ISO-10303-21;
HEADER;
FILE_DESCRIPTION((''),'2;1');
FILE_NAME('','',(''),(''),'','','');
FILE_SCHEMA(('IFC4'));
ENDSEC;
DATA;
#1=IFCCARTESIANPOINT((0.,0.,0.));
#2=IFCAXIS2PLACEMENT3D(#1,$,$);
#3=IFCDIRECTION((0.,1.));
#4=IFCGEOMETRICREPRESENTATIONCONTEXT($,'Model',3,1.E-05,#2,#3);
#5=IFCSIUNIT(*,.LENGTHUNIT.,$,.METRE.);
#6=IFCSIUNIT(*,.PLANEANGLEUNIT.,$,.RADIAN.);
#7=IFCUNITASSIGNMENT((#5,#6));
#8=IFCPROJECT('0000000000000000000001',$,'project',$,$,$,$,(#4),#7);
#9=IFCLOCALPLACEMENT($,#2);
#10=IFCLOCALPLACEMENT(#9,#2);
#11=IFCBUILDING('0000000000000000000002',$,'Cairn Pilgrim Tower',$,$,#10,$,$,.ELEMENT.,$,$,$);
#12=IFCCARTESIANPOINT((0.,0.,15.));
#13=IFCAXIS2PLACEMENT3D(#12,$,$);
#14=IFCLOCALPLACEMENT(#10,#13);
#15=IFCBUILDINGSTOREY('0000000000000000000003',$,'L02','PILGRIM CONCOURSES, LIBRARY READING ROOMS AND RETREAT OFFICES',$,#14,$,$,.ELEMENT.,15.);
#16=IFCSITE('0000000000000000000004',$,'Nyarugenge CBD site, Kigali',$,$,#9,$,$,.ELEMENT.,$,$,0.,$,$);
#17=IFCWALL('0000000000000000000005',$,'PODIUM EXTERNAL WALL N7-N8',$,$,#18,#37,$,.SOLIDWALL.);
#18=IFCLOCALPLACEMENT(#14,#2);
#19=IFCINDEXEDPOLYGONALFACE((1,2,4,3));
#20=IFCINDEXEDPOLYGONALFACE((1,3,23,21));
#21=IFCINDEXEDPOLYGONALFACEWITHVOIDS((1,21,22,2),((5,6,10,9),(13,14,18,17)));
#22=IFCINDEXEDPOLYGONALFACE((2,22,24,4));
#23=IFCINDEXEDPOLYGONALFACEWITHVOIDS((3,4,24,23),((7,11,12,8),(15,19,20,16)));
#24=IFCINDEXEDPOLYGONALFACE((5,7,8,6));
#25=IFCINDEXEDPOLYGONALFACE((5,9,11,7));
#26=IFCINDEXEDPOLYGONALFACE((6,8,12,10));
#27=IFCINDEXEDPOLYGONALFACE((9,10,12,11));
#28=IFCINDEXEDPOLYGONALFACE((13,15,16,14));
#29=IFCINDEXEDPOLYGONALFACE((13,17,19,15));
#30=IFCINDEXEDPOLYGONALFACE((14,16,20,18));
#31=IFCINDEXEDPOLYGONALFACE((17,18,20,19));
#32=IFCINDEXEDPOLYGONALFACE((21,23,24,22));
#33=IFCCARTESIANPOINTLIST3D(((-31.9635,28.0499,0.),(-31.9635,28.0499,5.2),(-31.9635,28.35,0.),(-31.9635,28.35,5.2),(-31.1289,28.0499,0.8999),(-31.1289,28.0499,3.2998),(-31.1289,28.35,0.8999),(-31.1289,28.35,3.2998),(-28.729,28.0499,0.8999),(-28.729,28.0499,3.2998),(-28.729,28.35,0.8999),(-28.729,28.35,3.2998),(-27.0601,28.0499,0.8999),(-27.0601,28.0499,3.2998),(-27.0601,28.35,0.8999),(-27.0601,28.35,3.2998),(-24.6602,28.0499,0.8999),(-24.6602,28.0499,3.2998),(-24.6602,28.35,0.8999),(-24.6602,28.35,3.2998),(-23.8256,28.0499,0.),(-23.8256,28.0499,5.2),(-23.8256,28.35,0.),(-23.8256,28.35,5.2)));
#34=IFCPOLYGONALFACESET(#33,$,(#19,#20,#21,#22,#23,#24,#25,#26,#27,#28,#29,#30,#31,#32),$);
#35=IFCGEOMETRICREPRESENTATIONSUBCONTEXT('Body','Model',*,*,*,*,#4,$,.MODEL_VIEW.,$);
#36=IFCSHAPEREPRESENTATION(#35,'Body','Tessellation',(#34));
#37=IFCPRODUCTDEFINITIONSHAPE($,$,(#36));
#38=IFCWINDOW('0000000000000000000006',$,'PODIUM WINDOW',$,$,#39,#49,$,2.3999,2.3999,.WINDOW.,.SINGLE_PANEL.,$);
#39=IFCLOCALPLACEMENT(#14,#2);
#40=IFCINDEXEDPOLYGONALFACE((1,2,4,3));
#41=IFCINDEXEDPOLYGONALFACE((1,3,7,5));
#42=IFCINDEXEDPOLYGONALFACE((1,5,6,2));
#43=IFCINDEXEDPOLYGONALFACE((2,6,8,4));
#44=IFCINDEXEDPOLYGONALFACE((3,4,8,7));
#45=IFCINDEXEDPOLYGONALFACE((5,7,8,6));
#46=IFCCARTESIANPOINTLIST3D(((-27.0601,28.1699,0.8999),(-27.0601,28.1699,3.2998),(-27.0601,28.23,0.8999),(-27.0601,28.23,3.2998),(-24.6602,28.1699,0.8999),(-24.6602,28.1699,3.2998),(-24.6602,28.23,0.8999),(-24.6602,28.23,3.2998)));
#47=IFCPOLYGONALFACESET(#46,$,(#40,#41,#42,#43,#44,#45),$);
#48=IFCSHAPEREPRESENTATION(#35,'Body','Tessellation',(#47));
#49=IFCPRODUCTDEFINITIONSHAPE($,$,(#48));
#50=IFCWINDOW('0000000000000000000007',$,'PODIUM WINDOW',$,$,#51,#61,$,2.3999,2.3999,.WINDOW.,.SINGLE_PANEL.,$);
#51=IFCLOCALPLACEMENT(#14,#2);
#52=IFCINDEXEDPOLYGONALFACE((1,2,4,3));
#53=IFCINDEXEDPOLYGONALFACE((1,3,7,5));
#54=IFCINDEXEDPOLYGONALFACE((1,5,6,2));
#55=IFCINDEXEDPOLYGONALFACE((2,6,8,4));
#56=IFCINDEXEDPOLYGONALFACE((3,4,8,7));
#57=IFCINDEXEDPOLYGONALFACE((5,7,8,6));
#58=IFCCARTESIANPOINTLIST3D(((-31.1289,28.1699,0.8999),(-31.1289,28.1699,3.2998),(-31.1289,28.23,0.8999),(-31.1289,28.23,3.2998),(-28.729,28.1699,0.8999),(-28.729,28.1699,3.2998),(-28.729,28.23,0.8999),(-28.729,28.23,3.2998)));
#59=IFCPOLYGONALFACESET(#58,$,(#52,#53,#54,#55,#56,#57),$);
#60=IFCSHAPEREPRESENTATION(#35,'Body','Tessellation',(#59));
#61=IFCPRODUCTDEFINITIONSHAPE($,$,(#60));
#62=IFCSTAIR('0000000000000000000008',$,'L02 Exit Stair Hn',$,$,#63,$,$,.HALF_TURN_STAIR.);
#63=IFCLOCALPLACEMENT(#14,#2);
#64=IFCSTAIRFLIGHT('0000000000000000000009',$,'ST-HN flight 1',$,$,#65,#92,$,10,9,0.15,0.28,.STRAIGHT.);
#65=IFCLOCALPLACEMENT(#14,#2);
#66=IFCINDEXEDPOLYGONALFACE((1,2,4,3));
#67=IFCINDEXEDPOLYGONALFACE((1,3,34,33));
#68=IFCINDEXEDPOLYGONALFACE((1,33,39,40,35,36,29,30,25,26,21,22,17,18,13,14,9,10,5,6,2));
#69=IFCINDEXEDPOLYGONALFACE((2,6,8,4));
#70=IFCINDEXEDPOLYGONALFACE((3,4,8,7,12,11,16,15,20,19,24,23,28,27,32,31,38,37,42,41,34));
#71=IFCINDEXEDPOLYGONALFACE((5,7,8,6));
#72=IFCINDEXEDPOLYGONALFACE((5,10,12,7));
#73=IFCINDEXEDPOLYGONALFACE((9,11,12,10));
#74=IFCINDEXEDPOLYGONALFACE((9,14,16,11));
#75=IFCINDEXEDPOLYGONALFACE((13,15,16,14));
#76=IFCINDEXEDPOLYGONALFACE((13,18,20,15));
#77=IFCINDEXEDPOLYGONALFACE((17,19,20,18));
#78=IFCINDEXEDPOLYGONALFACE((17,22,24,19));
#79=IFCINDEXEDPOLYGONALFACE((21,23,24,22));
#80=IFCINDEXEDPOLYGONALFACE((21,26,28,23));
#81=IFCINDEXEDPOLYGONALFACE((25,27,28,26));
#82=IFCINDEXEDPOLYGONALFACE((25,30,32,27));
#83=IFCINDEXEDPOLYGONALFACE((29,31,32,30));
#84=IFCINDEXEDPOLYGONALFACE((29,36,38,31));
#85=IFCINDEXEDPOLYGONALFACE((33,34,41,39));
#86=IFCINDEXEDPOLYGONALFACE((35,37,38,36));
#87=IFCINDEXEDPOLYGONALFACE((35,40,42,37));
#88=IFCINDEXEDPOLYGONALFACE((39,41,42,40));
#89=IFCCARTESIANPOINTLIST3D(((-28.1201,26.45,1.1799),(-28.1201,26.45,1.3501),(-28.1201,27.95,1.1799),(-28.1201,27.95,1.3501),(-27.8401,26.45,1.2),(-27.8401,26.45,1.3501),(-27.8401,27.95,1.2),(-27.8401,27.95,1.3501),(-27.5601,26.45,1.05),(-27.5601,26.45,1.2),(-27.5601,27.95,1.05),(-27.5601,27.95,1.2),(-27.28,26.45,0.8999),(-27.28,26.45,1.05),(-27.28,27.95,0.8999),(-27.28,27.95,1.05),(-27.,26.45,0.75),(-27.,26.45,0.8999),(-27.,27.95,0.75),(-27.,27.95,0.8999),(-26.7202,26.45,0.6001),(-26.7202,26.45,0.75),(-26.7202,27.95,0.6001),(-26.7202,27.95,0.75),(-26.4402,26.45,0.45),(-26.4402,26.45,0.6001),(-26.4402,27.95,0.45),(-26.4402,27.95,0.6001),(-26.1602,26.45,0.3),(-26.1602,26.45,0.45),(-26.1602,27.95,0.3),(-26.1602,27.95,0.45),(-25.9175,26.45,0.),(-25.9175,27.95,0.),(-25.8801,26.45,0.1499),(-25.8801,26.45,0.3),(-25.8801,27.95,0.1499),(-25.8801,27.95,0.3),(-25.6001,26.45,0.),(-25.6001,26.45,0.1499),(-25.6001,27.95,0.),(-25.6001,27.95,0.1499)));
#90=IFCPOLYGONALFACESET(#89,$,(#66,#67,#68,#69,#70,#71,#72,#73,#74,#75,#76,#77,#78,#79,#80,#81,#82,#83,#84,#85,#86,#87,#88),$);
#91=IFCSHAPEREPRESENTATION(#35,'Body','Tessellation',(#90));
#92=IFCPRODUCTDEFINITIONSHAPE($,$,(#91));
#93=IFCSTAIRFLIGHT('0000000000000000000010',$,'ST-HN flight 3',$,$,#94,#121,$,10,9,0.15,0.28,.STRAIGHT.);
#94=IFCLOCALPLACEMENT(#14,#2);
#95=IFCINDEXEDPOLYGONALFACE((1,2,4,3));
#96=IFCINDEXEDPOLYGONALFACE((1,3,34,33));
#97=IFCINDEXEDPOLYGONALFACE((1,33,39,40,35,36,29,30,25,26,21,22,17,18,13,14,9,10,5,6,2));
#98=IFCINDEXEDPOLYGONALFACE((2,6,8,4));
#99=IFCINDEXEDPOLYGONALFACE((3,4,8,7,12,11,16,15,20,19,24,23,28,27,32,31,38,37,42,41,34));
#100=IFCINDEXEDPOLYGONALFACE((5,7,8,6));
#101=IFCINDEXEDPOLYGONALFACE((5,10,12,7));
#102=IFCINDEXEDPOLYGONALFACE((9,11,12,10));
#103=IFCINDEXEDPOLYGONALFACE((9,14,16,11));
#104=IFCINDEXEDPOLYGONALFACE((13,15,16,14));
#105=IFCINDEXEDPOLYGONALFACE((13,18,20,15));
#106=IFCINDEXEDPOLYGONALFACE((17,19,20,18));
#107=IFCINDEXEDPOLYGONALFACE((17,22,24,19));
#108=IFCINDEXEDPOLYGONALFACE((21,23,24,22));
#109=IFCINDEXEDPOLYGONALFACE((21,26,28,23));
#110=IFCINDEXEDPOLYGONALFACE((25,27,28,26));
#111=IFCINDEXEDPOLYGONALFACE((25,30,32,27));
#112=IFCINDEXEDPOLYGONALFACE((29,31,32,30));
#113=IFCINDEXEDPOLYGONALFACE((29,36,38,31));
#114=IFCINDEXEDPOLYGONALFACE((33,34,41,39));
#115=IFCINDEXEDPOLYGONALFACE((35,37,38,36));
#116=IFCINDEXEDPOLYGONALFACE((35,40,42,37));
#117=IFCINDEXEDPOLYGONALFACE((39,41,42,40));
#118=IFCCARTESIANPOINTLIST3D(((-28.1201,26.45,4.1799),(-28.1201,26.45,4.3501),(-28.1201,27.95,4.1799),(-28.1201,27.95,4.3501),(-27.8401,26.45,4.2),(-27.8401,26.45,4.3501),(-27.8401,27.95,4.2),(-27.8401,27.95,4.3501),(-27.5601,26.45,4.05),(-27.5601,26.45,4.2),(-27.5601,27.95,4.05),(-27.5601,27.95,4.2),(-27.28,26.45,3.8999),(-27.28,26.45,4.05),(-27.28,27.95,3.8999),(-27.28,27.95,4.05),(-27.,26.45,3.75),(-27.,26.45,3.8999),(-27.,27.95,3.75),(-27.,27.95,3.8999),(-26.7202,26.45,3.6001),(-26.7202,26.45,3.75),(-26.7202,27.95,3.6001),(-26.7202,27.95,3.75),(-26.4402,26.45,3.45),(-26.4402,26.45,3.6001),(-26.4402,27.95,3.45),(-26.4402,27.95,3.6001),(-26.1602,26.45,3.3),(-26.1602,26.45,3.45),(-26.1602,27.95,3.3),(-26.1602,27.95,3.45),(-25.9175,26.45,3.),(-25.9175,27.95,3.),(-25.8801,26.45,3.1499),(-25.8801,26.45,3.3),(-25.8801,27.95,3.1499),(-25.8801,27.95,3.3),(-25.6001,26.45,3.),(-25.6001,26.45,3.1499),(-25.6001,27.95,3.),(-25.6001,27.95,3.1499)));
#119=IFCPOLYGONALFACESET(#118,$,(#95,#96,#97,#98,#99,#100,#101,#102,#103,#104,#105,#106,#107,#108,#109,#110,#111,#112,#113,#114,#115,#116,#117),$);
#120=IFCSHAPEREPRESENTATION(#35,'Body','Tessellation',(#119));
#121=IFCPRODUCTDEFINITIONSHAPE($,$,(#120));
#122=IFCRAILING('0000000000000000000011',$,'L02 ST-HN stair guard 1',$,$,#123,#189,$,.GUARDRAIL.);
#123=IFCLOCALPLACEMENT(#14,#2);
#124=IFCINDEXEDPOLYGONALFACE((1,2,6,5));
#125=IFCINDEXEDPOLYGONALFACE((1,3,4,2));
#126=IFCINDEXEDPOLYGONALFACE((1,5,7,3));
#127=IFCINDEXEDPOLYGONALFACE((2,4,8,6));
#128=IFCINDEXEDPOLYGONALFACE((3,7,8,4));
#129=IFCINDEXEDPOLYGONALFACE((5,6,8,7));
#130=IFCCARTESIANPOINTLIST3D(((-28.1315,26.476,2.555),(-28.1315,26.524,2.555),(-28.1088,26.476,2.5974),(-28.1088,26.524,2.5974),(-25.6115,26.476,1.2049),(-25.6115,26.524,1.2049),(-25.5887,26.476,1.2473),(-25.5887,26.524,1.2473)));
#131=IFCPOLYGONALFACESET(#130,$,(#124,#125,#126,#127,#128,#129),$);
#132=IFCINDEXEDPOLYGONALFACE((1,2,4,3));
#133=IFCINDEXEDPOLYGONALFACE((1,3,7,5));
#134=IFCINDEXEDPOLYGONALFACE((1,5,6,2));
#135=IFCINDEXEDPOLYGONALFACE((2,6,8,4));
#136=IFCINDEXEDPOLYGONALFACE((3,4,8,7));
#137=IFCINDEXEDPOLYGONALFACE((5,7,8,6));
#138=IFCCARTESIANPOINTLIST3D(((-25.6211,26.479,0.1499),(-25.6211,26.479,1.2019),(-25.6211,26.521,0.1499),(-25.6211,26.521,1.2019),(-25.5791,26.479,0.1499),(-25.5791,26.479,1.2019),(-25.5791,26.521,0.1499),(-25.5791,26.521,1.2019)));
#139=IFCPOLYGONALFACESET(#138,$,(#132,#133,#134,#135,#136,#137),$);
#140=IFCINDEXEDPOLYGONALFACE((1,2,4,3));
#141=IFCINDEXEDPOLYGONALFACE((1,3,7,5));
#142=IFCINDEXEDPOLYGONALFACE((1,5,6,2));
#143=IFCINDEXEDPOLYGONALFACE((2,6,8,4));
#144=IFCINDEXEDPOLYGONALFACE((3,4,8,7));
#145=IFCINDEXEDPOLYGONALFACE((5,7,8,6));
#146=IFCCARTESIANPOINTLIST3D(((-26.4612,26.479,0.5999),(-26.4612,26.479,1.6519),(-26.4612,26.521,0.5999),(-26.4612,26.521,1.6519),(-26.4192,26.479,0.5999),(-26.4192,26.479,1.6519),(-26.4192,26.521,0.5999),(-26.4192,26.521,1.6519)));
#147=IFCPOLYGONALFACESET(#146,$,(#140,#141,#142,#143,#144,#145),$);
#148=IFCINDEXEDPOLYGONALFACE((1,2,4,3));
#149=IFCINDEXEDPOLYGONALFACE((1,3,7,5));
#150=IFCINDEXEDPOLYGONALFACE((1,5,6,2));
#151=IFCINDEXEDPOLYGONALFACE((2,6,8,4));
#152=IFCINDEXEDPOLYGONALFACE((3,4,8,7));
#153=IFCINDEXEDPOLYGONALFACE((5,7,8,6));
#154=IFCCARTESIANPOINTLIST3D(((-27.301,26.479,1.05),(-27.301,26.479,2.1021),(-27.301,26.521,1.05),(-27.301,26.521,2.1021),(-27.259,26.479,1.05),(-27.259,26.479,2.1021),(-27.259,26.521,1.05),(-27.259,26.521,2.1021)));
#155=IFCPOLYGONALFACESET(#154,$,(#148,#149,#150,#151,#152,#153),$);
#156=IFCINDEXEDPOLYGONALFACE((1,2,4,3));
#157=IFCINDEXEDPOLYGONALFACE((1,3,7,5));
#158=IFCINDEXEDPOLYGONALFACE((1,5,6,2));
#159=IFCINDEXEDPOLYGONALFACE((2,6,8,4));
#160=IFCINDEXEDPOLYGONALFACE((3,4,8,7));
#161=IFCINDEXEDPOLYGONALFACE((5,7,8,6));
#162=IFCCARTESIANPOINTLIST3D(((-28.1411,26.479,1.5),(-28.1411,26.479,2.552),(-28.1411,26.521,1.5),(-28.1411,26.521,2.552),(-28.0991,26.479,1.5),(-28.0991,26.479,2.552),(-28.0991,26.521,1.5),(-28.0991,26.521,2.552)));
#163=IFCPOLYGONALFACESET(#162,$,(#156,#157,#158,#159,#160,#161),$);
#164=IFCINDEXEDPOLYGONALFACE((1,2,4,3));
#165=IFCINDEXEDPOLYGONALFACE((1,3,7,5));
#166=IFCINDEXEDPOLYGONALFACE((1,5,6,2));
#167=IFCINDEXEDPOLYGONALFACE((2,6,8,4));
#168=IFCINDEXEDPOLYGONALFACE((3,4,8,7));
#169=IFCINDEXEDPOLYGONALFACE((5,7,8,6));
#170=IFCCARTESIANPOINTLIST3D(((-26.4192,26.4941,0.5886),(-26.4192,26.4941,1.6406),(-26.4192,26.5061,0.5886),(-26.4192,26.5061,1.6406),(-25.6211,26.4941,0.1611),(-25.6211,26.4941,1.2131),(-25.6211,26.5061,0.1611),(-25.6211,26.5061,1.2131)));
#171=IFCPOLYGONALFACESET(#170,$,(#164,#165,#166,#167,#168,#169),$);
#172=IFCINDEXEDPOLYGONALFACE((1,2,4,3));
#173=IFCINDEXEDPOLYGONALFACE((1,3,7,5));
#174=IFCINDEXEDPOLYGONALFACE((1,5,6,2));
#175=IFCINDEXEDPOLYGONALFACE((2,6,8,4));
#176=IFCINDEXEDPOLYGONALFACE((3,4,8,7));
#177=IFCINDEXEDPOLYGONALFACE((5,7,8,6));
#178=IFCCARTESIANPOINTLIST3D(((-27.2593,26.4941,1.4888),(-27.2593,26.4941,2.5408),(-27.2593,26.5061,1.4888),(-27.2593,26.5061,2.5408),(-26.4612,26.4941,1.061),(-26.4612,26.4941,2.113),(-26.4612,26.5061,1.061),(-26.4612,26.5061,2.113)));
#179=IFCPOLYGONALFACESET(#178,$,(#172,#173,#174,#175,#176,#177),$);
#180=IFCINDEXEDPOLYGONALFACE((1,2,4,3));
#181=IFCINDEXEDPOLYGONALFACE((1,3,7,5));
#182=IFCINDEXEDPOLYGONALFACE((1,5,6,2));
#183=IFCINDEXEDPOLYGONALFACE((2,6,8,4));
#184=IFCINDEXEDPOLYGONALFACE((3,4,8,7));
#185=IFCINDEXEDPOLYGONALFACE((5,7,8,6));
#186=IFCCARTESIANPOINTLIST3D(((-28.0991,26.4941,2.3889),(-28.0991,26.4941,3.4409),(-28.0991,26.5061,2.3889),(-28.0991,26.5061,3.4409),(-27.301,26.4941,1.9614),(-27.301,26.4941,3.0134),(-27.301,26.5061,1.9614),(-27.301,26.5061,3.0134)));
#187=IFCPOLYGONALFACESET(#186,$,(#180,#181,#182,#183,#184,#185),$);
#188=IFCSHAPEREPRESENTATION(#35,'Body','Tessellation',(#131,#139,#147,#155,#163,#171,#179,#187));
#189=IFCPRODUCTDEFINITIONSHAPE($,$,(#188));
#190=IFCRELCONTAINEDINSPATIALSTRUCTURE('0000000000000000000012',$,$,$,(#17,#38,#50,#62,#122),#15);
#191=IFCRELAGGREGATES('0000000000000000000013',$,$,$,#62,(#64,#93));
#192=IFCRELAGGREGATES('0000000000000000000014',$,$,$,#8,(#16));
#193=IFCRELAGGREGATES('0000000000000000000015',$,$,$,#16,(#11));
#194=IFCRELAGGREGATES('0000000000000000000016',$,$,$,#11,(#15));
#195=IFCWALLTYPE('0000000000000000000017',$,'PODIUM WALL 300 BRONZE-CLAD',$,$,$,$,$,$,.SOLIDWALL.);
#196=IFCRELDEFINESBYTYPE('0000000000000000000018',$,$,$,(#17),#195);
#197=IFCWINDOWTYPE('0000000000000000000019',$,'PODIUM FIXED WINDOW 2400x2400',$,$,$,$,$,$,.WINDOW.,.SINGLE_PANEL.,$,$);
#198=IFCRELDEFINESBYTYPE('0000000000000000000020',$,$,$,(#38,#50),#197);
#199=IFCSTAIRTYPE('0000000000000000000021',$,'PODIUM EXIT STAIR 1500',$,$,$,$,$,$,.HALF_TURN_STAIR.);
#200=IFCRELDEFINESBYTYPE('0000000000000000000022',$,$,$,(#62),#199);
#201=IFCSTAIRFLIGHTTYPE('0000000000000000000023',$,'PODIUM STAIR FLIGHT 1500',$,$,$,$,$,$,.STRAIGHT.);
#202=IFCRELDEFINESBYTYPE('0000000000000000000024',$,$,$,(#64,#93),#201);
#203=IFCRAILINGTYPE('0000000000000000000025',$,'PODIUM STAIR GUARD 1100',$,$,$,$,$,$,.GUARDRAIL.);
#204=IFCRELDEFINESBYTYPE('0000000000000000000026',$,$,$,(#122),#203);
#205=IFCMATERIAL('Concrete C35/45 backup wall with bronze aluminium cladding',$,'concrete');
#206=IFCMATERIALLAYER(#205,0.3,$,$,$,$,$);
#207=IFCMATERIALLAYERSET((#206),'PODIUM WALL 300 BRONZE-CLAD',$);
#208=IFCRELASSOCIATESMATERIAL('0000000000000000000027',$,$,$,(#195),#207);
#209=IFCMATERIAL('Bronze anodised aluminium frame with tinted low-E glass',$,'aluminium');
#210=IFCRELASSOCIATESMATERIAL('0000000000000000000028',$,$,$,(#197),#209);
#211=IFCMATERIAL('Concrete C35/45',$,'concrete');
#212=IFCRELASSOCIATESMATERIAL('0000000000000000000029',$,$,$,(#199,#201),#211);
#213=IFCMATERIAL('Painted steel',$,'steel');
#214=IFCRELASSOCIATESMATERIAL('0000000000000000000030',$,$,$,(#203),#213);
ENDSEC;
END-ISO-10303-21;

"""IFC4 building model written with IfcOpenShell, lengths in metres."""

from ifc_helpers import new_model, si_unit, direction, frame, frame_2d, origin, origin_2d, place, context, subcontext, project, spatial, polyline, rectangle, outline, extrude, material, layer, layer_set, type_object, element, fill, aggregate, save


model = new_model("IFC4")

# Units and contexts
model_context = context("Model", 3, precision=1e-05, world=origin(), true_north=direction((0.0, 1.0)))
body_context = subcontext(model_context, "Body", "Model", "MODEL_VIEW")
ifc_project = project(units=[si_unit("LENGTHUNIT", "METRE"), si_unit("PLANEANGLEUNIT", "RADIAN")], contexts=[model_context])

# Site, building, storey
site_placement = place(None, origin())
site = spatial("IfcSite", under=ifc_project, at=site_placement, Name="Nyarugenge CBD site, Kigali", CompositionType="ELEMENT", RefElevation=0.0)
building_placement = place(site_placement, origin())
building = spatial("IfcBuilding", under=site, at=building_placement, Name="Cairn Pilgrim Tower", CompositionType="ELEMENT")
storey_placement = place(building_placement, frame((0.0, 0.0, 15.0)))
storey = spatial("IfcBuildingStorey", under=building, at=storey_placement, Name="L02", Description="PILGRIM CONCOURSES, LIBRARY READING ROOMS AND RETREAT OFFICES", CompositionType="ELEMENT", Elevation=15.0)

# Shared definitions
ifc_material_1 = material(Name="Concrete C35/45", Category="concrete")

# Wall, openings, windows
ifc_material_2 = material(Name="Concrete C35/45 backup wall with bronze aluminium cladding", Category="concrete")
ifc_layer_1 = layer(ifc_material_2, 0.3)
ifc_layer_set_1 = layer_set([ifc_layer_1], Name="PODIUM WALL 300 BRONZE-CLAD")
wall_type_1 = type_object("IfcWallType", Name="PODIUM WALL 300 BRONZE-CLAD", PredefinedType="SOLIDWALL", material=ifc_layer_set_1)
wall_1_placement = place(storey_placement, frame((-23.8257, 28.2, 0.0), z_axis=(0.0, 0.0, 1.0), x_axis=(-1.0, 0.0, 0.0)))
wall_1 = element("IfcWall", 1, at=wall_1_placement, inside=storey, type_object=wall_type_1, Name="PODIUM EXTERNAL WALL N7-N8", PredefinedType="SOLIDWALL", context=body_context, shape_type="SweptSolid", body=[
    extrude(rectangle(XDim=8.1379, YDim=0.3, at=frame_2d((4.0688, 0.0))), origin(), (0.0, 0.0, 1.0), 5.2),
])
opening_1_placement = place(wall_1_placement, frame((0.8345, 0.0, 0.8999)))
opening_1 = element("IfcOpeningElement", 2, at=opening_1_placement, cuts=wall_1, PredefinedType="OPENING", context=body_context, shape_type="SweptSolid", body=[
    extrude(rectangle(XDim=2.3999, YDim=2.3999, at=frame_2d((1.2, 1.2))), frame((0.0, 0.1602, 0.0), z_axis=(0.0, -1.0, 0.0), x_axis=(1.0, 0.0, 0.0)), (0.0, 0.0, 1.0), 0.3201),
])
opening_2_placement = place(wall_1_placement, frame((4.9033, 0.0, 0.8999)))
opening_2 = element("IfcOpeningElement", 3, at=opening_2_placement, cuts=wall_1, PredefinedType="OPENING", context=body_context, shape_type="SweptSolid", body=[
    extrude(rectangle(XDim=2.3999, YDim=2.3999, at=frame_2d((1.2, 1.2))), frame((0.0, 0.1602, 0.0), z_axis=(0.0, -1.0, 0.0), x_axis=(1.0, 0.0, 0.0)), (0.0, 0.0, 1.0), 0.3201),
])
ifc_material_3 = material(Name="Bronze anodised aluminium frame with tinted low-E glass", Category="aluminium")
window_type = type_object("IfcWindowType", Name="PODIUM FIXED WINDOW 2400x2400", PartitioningType="SINGLE_PANEL", PredefinedType="WINDOW", material=ifc_material_3)
window_1_placement = place(opening_1_placement, origin())
window_1 = element("IfcWindow", 4, at=window_1_placement, inside=storey, type_object=window_type, Name="PODIUM WINDOW", OverallHeight=2.3999, OverallWidth=2.3999, PartitioningType="SINGLE_PANEL", PredefinedType="WINDOW", context=body_context, shape_type="SweptSolid", body=[
    extrude(rectangle(XDim=2.3999, YDim=2.3999, at=frame_2d((1.2, 1.2))), frame((0.0, 0.03, 0.0), z_axis=(0.0, -1.0, 0.0), x_axis=(1.0, 0.0, 0.0)), (0.0, 0.0, 1.0), 0.0601),
])
fill(opening_1, window_1)
window_2_placement = place(opening_2_placement, origin())
window_2 = element("IfcWindow", 5, at=window_2_placement, inside=storey, type_object=window_type, Name="PODIUM WINDOW", OverallHeight=2.3999, OverallWidth=2.3999, PartitioningType="SINGLE_PANEL", PredefinedType="WINDOW", context=body_context, shape_type="SweptSolid", body=[
    extrude(rectangle(XDim=2.3999, YDim=2.3999, at=frame_2d((1.2, 1.2))), frame((0.0, 0.03, 0.0), z_axis=(0.0, -1.0, 0.0), x_axis=(1.0, 0.0, 0.0)), (0.0, 0.0, 1.0), 0.0601),
])
fill(opening_2, window_2)

# Stair, stair flights
stair_type = type_object("IfcStairType", Name="PODIUM EXIT STAIR 1500", PredefinedType="HALF_TURN_STAIR", material=ifc_material_1)
stair_placement = place(storey_placement, origin())
stair = element("IfcStair", 6, at=stair_placement, inside=storey, type_object=stair_type, Name="L02 Exit Stair Hn", PredefinedType="HALF_TURN_STAIR")
stair_flight_type = type_object("IfcStairFlightType", Name="PODIUM STAIR FLIGHT 1500", PredefinedType="STRAIGHT", material=ifc_material_1)
stair_flight_1_placement = place(storey_placement, frame((-25.6001, 27.2, 0.0), z_axis=(0.0, 0.0, 1.0), x_axis=(-1.0, 0.0, 0.0)))
stair_flight_1 = element("IfcStairFlight", 7, at=stair_flight_1_placement, type_object=stair_flight_type, Name="ST-HN flight 1", NumberOfRisers=10, NumberOfTreads=9, PredefinedType="STRAIGHT", RiserHeight=0.15, TreadLength=0.28, context=body_context, shape_type="SweptSolid", body=[
    extrude(outline(polyline([(0.0, 0.0), (0.0, 0.1499), (0.28, 0.1499), (0.28, 0.3), (0.5601, 0.3), (0.5601, 0.45), (0.8401, 0.45), (0.8401, 0.6001), (1.1201, 0.6001), (1.1201, 0.75), (1.3999, 0.75), (1.3999, 0.8999), (1.6799, 0.8999), (1.6799, 1.05), (1.96, 1.05), (1.96, 1.2), (2.24, 1.2), (2.24, 1.3501), (2.52, 1.3501), (2.52, 1.5), (2.52, 1.1799), (0.3174, 0.0), (0.0, 0.0)])), frame((0.0, 0.75, 0.0), z_axis=(0.0, -1.0, 0.0), x_axis=(1.0, 0.0, 0.0)), (0.0, 0.0, 1.0), 1.5),
])
stair_flight_2_placement = place(storey_placement, frame((-25.6001, 27.2, 3.0), z_axis=(0.0, 0.0, 1.0), x_axis=(-1.0, 0.0, 0.0)))
stair_flight_2 = element("IfcStairFlight", 8, at=stair_flight_2_placement, type_object=stair_flight_type, Name="ST-HN flight 3", NumberOfRisers=10, NumberOfTreads=9, PredefinedType="STRAIGHT", RiserHeight=0.15, TreadLength=0.28, context=body_context, shape_type="SweptSolid", body=[
    extrude(outline(polyline([(0.0, 0.0), (0.0, 0.1499), (0.28, 0.1499), (0.28, 0.3), (0.5601, 0.3), (0.5601, 0.45), (0.8401, 0.45), (0.8401, 0.6001), (1.1201, 0.6001), (1.1201, 0.75), (1.3999, 0.75), (1.3999, 0.8999), (1.6799, 0.8999), (1.6799, 1.05), (1.96, 1.05), (1.96, 1.2), (2.24, 1.2), (2.24, 1.3501), (2.52, 1.3501), (2.52, 1.5), (2.52, 1.1799), (0.3174, 0.0), (0.0, 0.0)])), frame((0.0, 0.75, 0.0), z_axis=(0.0, -1.0, 0.0), x_axis=(1.0, 0.0, 0.0)), (0.0, 0.0, 1.0), 1.5),
])
aggregate(stair, [stair_flight_1, stair_flight_2])

# Railing
ifc_material_4 = material(Name="Painted steel", Category="steel")
railing_type_1 = type_object("IfcRailingType", Name="PODIUM STAIR GUARD 1100", PredefinedType="GUARDRAIL", material=ifc_material_4)
railing_1_placement = place(storey_placement, frame((-25.6001, 26.5, 0.1499)))
element("IfcRailing", 9, at=railing_1_placement, inside=storey, type_object=railing_type_1, Name="L02 ST-HN stair guard 1", PredefinedType="GUARDRAIL", context=body_context, shape_type="SweptSolid", body=[
    extrude(rectangle(XDim=0.0481, YDim=0.0481, at=origin_2d()), frame((0.0, 0.0, 1.0762), z_axis=(-0.881467, 0.0, 0.472245), x_axis=(0.0, -1.0, 0.0)), (0.0, 0.0, 1.0), 2.8589),
    extrude(rectangle(XDim=0.042, YDim=0.042, at=origin_2d()), origin(), (0.0, 0.0, 1.0), 1.052),
    extrude(rectangle(XDim=0.042, YDim=0.042, at=origin_2d()), frame((-0.8401, 0.0, 0.45)), (0.0, 0.0, 1.0), 1.052),
    extrude(rectangle(XDim=0.042, YDim=0.042, at=origin_2d()), frame((-1.6799, 0.0, 0.9001)), (0.0, 0.0, 1.0), 1.052),
    extrude(rectangle(XDim=0.042, YDim=0.042, at=origin_2d()), frame((-2.52, 0.0, 1.3501)), (0.0, 0.0, 1.0), 1.052),
    extrude(outline(polyline([(0.021, 0.0112), (0.8191, 0.4387), (0.8191, 1.4907), (0.021, 1.0632), (0.021, 0.0112)])), frame((0.0, -0.0059, 0.0), z_axis=(0.0, 1.0, 0.0), x_axis=(-1.0, 0.0, 0.0)), (0.0, 0.0, 1.0), 0.012),
    extrude(outline(polyline([(0.021, 0.4612), (0.8191, 0.8889), (0.8191, 1.9409), (0.021, 1.5132), (0.021, 0.4612)])), frame((-0.8401, -0.0059, 0.45), z_axis=(0.0, 1.0, 0.0), x_axis=(-1.0, 0.0, 0.0)), (0.0, 0.0, 1.0), 0.012),
    extrude(outline(polyline([(0.021, 0.9114), (0.8191, 1.3389), (0.8191, 2.3909), (0.021, 1.9634), (0.021, 0.9114)])), frame((-1.6799, -0.0059, 0.9001), z_axis=(0.0, 1.0, 0.0), x_axis=(-1.0, 0.0, 0.0)), (0.0, 0.0, 1.0), 0.012),
])

save(model, "model.ifc")
